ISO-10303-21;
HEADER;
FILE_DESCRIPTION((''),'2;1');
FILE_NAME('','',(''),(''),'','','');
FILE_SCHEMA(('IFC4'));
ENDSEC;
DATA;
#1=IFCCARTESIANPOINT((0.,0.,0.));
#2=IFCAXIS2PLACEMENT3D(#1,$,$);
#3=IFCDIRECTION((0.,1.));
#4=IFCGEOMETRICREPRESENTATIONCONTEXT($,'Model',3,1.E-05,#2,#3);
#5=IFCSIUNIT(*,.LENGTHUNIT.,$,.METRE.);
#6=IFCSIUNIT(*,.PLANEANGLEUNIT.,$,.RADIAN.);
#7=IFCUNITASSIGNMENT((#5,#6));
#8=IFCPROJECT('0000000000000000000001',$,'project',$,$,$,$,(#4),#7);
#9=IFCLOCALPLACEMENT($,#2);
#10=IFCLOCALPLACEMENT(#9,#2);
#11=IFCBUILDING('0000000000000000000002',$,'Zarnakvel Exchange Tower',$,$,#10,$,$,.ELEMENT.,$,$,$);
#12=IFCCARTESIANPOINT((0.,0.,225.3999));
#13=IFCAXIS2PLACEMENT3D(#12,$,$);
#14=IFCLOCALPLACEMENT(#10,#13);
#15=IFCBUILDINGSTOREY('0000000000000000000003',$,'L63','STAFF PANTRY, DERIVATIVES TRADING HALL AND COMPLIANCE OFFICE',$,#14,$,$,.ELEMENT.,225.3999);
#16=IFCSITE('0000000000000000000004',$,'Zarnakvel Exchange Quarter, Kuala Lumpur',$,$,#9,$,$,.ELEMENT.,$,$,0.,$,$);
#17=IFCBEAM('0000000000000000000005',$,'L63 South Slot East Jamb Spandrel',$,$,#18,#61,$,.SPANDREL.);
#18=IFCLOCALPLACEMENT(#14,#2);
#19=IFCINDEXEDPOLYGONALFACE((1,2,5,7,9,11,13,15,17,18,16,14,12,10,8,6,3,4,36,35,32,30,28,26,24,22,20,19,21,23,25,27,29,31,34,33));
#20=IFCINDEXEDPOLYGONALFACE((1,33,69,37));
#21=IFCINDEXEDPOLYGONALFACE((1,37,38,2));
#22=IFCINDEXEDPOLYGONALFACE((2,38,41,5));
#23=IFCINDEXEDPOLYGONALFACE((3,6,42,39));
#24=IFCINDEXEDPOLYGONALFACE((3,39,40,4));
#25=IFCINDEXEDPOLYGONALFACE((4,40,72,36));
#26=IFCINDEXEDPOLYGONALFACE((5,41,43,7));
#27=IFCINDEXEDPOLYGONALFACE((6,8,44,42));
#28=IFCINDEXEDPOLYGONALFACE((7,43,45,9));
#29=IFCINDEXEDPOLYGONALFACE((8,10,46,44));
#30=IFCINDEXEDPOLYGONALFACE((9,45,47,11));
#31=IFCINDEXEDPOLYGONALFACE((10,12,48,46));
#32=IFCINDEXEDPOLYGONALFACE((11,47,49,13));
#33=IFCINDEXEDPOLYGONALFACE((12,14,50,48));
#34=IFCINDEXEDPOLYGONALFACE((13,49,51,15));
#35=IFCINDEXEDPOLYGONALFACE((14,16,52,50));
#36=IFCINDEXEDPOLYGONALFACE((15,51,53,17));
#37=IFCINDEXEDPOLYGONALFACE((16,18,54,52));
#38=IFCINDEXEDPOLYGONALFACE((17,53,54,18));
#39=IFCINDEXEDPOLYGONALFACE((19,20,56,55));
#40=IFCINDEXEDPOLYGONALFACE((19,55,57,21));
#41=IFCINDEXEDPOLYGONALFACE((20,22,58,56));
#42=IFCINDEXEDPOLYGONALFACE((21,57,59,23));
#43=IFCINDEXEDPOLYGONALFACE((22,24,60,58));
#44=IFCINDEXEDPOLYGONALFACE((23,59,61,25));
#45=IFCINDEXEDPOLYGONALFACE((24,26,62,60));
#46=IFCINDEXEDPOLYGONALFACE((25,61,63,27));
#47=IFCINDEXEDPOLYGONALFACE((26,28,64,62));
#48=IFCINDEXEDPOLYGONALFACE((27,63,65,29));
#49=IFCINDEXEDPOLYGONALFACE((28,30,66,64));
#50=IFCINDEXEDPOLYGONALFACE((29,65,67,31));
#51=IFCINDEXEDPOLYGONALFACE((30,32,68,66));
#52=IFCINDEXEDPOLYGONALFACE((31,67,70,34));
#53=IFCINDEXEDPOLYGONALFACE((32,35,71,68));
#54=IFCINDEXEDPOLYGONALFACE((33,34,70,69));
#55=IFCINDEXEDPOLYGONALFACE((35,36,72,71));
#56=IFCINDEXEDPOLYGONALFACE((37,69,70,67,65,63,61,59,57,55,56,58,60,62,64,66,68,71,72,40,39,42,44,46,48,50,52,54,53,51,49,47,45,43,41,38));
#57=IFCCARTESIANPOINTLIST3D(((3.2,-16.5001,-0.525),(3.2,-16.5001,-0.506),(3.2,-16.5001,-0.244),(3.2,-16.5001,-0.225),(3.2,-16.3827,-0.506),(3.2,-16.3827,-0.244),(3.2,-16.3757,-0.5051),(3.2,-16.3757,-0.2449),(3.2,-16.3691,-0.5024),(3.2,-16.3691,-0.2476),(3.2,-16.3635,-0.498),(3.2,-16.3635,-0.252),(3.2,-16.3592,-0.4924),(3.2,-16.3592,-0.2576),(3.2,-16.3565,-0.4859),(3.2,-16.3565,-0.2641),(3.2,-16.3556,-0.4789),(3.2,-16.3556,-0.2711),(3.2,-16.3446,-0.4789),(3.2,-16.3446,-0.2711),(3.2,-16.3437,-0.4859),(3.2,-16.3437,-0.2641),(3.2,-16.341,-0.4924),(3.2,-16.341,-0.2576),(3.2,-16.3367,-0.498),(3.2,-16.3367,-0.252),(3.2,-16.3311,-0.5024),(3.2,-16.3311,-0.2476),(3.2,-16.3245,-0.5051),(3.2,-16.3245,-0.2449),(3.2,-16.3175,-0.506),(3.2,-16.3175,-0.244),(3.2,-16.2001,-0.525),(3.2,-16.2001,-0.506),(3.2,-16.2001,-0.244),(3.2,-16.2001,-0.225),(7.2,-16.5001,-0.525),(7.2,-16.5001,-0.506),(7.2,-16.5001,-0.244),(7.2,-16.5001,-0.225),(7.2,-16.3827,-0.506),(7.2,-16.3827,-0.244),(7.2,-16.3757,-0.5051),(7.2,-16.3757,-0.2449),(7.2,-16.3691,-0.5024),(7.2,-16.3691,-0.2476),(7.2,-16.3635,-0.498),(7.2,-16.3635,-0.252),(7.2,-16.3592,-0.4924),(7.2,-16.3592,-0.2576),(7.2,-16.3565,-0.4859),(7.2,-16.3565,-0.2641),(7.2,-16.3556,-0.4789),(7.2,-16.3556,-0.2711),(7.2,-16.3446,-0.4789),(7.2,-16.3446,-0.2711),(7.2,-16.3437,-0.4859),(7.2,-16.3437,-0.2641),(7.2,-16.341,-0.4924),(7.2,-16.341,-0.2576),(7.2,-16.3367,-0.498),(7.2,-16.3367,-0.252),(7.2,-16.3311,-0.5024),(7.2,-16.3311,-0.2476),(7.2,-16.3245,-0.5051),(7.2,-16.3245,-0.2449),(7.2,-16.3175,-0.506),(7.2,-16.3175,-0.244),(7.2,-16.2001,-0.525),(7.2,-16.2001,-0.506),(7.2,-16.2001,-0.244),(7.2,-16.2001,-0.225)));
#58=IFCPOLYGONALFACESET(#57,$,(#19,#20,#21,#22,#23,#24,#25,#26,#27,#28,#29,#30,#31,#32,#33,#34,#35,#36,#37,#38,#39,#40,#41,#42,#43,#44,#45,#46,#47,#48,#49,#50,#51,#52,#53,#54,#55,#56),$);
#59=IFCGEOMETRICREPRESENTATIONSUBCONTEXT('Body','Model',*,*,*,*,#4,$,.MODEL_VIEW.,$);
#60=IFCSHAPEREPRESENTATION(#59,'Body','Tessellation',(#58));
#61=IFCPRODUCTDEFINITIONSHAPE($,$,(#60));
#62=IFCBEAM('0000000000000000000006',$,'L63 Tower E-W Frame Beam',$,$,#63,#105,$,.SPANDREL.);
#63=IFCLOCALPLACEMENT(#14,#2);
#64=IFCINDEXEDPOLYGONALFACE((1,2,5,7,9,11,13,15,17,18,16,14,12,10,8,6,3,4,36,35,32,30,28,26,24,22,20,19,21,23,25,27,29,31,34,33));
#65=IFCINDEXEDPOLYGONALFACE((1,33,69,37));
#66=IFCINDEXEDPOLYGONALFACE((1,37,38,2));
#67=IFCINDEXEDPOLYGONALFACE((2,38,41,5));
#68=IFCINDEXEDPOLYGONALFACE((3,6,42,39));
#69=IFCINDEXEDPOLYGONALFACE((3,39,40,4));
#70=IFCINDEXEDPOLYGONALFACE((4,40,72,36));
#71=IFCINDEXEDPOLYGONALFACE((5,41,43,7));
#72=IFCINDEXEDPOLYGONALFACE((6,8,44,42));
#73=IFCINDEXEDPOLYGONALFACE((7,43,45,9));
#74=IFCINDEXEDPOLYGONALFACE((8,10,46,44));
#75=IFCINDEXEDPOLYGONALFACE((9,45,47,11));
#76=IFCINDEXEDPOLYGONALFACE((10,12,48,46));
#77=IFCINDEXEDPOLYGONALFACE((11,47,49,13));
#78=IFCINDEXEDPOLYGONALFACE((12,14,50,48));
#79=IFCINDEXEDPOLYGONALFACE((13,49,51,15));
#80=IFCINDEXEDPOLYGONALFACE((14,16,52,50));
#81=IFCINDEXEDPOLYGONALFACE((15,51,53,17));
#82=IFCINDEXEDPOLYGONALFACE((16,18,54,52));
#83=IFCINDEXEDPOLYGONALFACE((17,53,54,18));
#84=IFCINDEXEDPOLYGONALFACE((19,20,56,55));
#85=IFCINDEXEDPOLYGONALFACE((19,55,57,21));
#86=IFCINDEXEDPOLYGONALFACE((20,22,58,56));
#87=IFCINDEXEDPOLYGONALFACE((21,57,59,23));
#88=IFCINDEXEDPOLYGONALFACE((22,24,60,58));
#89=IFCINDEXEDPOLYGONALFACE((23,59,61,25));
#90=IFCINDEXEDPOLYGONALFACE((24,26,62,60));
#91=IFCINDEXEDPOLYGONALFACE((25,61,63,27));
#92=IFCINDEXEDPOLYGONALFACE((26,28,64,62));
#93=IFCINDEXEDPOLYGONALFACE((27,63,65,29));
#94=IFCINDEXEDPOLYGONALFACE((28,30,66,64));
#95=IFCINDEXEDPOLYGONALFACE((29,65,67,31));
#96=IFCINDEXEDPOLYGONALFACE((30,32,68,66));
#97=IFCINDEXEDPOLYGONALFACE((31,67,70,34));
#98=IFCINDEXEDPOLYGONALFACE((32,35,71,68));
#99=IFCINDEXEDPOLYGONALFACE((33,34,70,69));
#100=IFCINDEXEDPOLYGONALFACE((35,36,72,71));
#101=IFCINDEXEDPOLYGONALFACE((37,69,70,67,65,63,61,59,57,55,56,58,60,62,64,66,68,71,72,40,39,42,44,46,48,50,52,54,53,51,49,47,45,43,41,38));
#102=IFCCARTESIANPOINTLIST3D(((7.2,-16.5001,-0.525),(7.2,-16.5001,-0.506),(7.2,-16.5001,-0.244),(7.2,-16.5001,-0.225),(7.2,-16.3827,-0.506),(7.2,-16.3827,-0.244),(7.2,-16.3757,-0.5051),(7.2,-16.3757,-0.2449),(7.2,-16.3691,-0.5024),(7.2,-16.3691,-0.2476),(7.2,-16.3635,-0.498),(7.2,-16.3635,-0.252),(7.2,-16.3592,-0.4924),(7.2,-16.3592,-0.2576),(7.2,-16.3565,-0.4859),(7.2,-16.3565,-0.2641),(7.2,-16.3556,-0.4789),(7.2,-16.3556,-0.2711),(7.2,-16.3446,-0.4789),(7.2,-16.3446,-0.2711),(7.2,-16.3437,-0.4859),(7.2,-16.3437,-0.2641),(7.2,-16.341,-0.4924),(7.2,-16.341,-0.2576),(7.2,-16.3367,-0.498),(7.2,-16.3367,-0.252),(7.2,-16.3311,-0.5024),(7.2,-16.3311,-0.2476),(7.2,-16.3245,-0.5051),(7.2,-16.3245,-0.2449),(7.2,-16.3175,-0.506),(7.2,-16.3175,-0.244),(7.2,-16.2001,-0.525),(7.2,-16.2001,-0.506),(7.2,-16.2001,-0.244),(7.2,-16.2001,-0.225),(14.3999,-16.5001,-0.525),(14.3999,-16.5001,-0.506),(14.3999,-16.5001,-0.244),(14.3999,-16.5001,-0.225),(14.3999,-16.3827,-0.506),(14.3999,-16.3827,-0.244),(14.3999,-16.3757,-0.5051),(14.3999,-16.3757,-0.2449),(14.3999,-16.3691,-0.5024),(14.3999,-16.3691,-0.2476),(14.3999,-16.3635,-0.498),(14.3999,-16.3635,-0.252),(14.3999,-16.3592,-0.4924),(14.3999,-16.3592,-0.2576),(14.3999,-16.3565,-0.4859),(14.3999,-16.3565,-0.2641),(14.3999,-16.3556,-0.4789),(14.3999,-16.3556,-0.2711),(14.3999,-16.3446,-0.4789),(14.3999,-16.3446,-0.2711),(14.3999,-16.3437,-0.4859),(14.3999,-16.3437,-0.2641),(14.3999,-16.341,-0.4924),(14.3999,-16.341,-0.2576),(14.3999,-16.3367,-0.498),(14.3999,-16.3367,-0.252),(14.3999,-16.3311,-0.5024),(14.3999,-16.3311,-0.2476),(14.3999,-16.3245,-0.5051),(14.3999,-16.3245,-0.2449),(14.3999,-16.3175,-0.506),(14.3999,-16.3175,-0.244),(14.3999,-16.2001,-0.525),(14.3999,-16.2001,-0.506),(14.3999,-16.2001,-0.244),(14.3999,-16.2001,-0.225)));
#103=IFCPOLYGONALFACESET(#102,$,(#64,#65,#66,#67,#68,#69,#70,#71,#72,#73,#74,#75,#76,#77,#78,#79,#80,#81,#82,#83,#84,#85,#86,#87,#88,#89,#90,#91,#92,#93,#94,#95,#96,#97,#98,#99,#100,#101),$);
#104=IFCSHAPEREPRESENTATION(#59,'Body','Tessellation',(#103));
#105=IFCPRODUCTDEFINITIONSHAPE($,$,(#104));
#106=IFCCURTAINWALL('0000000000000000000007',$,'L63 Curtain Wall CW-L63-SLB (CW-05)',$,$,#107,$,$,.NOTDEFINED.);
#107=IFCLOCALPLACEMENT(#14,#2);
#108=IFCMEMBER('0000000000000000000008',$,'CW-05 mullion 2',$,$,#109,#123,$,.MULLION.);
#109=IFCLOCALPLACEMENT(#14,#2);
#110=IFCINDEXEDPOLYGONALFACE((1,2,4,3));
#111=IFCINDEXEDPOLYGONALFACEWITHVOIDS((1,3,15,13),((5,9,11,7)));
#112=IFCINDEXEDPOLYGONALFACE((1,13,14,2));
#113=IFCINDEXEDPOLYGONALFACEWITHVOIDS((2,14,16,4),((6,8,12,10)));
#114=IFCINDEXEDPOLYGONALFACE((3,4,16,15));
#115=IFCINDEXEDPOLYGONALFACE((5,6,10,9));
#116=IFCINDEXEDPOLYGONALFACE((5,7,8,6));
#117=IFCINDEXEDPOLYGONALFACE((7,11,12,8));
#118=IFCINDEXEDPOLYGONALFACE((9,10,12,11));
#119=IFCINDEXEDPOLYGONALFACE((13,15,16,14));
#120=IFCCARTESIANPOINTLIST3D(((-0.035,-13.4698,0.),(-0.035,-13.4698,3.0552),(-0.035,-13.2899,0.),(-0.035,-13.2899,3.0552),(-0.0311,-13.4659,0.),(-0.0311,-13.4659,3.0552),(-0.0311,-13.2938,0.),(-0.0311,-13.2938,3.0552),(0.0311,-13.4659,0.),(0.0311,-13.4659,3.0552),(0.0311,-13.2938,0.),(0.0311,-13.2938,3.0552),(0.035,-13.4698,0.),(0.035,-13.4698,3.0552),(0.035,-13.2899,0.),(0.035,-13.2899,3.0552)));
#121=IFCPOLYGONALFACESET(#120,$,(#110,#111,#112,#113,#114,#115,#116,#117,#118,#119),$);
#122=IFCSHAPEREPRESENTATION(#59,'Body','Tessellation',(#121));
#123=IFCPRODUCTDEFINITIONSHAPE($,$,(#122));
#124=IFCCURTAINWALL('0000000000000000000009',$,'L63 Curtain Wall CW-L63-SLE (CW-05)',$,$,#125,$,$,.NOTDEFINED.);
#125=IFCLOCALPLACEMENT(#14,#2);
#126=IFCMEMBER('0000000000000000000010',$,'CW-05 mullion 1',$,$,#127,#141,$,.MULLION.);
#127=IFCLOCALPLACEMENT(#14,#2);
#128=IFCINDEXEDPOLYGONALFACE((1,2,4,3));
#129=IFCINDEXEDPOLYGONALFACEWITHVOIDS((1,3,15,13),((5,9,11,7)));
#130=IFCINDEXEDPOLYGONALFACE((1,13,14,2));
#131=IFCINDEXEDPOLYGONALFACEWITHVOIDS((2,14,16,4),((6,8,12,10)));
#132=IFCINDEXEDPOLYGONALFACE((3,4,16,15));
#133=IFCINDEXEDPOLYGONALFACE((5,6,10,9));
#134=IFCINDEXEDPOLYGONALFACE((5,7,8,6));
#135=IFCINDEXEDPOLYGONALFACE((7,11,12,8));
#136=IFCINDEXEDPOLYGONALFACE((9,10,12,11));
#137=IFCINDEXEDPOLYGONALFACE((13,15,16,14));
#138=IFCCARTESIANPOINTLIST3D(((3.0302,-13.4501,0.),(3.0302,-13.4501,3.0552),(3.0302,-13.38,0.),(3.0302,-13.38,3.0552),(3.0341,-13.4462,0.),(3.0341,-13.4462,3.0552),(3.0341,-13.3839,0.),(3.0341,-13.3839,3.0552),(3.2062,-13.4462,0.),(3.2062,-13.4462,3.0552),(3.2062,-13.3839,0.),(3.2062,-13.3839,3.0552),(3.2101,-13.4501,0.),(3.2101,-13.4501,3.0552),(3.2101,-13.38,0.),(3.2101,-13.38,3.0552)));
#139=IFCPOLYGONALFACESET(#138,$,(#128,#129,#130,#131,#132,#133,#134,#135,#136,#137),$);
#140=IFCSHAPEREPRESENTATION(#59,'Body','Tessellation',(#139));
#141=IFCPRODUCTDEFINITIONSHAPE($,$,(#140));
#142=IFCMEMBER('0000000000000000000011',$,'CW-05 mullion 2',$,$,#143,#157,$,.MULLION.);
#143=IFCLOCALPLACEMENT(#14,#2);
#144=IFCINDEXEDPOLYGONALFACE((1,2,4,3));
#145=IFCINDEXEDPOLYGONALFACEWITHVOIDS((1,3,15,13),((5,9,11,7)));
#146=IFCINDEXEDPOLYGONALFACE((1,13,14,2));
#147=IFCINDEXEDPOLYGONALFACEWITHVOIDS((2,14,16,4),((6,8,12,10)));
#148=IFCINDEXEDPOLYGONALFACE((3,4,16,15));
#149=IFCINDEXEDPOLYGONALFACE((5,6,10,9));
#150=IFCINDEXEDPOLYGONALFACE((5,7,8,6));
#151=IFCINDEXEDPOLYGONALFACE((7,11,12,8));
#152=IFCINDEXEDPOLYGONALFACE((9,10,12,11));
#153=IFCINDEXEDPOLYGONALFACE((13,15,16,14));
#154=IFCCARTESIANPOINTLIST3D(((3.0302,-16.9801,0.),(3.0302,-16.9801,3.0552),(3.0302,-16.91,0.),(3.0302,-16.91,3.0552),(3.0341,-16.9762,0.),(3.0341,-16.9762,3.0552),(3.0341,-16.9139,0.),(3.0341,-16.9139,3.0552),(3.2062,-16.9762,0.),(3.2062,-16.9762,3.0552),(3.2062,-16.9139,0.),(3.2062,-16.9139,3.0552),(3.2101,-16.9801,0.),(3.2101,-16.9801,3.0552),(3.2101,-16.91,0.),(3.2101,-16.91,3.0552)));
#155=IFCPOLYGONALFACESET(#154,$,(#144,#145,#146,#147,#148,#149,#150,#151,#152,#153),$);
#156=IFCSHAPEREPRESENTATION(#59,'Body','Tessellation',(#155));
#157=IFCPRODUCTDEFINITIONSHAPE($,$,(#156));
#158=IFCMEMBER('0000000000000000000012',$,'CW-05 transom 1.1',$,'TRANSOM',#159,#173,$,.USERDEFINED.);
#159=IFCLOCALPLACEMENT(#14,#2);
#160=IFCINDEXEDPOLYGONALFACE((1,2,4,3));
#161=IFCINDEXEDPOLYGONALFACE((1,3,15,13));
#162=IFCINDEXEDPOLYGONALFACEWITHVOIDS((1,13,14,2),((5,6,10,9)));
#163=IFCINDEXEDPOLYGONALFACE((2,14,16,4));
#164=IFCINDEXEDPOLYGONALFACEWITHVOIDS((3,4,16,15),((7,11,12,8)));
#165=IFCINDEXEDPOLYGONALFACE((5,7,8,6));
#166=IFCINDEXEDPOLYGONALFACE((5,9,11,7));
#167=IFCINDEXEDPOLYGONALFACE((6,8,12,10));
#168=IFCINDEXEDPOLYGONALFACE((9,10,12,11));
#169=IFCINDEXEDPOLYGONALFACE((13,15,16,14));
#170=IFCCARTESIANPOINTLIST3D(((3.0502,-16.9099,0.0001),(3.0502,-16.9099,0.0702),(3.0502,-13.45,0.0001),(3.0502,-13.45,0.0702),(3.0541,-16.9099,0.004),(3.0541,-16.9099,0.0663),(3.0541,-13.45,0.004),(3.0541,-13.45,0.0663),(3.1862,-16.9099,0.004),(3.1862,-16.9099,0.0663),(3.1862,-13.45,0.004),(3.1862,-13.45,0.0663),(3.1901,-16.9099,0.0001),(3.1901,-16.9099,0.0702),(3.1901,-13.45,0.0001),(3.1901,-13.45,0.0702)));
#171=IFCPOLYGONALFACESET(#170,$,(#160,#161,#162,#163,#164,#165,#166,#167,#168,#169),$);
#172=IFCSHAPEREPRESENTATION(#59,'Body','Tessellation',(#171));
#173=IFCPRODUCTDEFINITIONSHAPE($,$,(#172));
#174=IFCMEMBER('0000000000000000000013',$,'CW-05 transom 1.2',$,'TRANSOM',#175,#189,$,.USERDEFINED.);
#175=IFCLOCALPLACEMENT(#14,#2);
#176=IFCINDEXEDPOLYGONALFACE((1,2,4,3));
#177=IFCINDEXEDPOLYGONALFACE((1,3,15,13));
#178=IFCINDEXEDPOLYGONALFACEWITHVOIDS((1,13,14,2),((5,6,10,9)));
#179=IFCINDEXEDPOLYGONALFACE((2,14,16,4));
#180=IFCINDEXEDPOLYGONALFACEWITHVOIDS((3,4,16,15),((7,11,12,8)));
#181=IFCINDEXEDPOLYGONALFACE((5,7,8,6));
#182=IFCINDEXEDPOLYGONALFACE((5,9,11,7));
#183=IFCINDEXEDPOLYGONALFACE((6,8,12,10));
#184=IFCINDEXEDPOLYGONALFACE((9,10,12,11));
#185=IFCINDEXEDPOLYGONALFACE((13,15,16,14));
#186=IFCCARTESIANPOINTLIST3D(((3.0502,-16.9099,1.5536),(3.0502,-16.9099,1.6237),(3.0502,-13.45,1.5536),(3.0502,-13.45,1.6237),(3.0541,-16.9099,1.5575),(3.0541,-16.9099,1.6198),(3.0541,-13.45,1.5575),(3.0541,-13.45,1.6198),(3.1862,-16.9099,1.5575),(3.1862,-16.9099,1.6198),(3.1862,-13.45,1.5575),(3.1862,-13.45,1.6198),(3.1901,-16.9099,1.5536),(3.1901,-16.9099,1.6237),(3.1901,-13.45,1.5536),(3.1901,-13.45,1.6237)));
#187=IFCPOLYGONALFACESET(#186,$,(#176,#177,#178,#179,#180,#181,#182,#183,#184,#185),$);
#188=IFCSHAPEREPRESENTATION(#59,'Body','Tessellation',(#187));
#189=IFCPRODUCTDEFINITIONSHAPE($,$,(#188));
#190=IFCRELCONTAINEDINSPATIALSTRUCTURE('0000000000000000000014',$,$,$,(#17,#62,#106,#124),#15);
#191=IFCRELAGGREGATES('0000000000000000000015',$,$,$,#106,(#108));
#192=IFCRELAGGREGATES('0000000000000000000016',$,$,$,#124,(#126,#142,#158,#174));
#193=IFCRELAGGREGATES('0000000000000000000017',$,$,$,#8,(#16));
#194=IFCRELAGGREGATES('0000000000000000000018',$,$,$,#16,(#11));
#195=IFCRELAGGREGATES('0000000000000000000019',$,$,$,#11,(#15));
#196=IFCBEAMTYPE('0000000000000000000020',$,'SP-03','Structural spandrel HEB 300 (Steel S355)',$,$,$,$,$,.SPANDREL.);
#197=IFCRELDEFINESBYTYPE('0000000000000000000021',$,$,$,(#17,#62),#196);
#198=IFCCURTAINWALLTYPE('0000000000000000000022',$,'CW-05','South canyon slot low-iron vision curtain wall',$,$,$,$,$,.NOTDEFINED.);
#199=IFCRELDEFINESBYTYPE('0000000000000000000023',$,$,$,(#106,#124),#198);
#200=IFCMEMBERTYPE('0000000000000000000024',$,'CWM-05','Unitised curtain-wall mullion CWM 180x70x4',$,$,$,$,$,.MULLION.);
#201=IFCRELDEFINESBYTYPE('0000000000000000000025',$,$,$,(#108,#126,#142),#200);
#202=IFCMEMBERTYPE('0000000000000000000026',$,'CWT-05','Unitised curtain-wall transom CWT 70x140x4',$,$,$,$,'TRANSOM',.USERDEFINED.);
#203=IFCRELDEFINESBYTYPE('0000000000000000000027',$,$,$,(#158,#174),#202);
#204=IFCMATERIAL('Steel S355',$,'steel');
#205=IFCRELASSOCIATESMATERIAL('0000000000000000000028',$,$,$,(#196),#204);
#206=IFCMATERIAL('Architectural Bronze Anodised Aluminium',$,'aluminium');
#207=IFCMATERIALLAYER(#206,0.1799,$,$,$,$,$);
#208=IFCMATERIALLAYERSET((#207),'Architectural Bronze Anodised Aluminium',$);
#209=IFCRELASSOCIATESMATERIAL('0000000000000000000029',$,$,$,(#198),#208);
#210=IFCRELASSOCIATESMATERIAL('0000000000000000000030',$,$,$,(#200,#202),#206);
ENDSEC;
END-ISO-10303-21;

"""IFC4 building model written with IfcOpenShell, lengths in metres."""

from ifc_helpers import new_model, si_unit, direction, frame, origin, origin_2d, place, context, subcontext, project, spatial, hollow_rectangle, i_section, extrude, source, transform, mapped, material, layer, layer_set, material_profile, profile_set, type_object, element, aggregate, save


model = new_model("IFC4")

# Units and contexts
model_context = context("Model", 3, precision=1e-05, world=origin(), true_north=direction((0.0, 1.0)))
body_context = subcontext(model_context, "Body", "Model", "MODEL_VIEW")
ifc_project = project(units=[si_unit("LENGTHUNIT", "METRE"), si_unit("PLANEANGLEUNIT", "RADIAN")], contexts=[model_context])

# Site, building, storey
site_placement = place(None, origin())
site = spatial("IfcSite", under=ifc_project, at=site_placement, Name="Zarnakvel Exchange Quarter, Kuala Lumpur", CompositionType="ELEMENT", RefElevation=0.0)
building_placement = place(site_placement, origin())
building = spatial("IfcBuilding", under=site, at=building_placement, Name="Zarnakvel Exchange Tower", CompositionType="ELEMENT")
storey_placement = place(building_placement, frame((0.0, 0.0, 225.3999)))
storey = spatial("IfcBuildingStorey", under=building, at=storey_placement, Name="L63", Description="STAFF PANTRY, DERIVATIVES TRADING HALL AND COMPLIANCE OFFICE", CompositionType="ELEMENT", Elevation=225.3999)

# Beams
ifc_material_1 = material(Name="Steel S355", Category="steel")
ifc_material_profile_1 = material_profile(ifc_material_1, i_section(OverallWidth=0.3, OverallDepth=0.3, WebThickness=0.011, FlangeThickness=0.019, FilletRadius=0.0271, at=origin_2d()))
ifc_profile_set_1 = profile_set([ifc_material_profile_1], Name="Steel S355")
beam_type_1 = type_object("IfcBeamType", Name="SP-03", Description="Structural spandrel HEB 300 (Steel S355)", PredefinedType="SPANDREL", material=ifc_profile_set_1)
beam_1_placement = place(storey_placement, frame((3.2, -16.3501, -0.375), z_axis=(1.0, 0.0, 0.0), x_axis=(0.0, 1.0, 0.0)))
element("IfcBeam", 1, at=beam_1_placement, inside=storey, type_object=beam_type_1, Name="L63 South Slot East Jamb Spandrel", PredefinedType="SPANDREL", context=body_context, shape_type="SweptSolid", body=[
    extrude(i_section(OverallWidth=0.3, OverallDepth=0.3, WebThickness=0.011, FlangeThickness=0.019, FilletRadius=0.0271, at=origin_2d()), origin(), (0.0, 0.0, 1.0), 4.0),
])
beam_2_placement = place(storey_placement, frame((7.2, -16.3501, -0.375), z_axis=(1.0, 0.0, 0.0), x_axis=(0.0, 1.0, 0.0)))
element("IfcBeam", 2, at=beam_2_placement, inside=storey, type_object=beam_type_1, Name="L63 Tower E-W Frame Beam", PredefinedType="SPANDREL", context=body_context, shape_type="SweptSolid", body=[
    extrude(i_section(OverallWidth=0.3, OverallDepth=0.3, WebThickness=0.011, FlangeThickness=0.019, FilletRadius=0.0271, at=origin_2d()), origin(), (0.0, 0.0, 1.0), 7.2),
])

# Curtain wall, member
ifc_material_2 = material(Name="Architectural Bronze Anodised Aluminium", Category="aluminium")
ifc_layer_1 = layer(ifc_material_2, 0.1799)
ifc_layer_set_1 = layer_set([ifc_layer_1], Name="Architectural Bronze Anodised Aluminium")
curtain_wall_type = type_object("IfcCurtainWallType", Name="CW-05", Description="South canyon slot low-iron vision curtain wall", PredefinedType="NOTDEFINED", material=ifc_layer_set_1)
curtain_wall_1_placement = place(storey_placement, origin())
curtain_wall_1 = element("IfcCurtainWall", 3, at=curtain_wall_1_placement, inside=storey, type_object=curtain_wall_type, Name="L63 Curtain Wall CW-L63-SLB (CW-05)", PredefinedType="NOTDEFINED")
ifc_material_profile_2 = material_profile(ifc_material_2, hollow_rectangle(XDim=0.1799, YDim=0.0701, WallThickness=0.0039, at=origin_2d()))
ifc_profile_set_2 = profile_set([ifc_material_profile_2], Name="Architectural Bronze Anodised Aluminium")
member_type_1 = type_object("IfcMemberType", Name="CWM-05", Description="Unitised curtain-wall mullion CWM 180x70x4", PredefinedType="MULLION", material=ifc_profile_set_2)
shared_shape_1 = source(origin(), body_context, "Body", "SweptSolid", [
    extrude(hollow_rectangle(XDim=0.1799, YDim=0.0701, WallThickness=0.0039, at=origin_2d()), origin(), (0.0, 0.0, 1.0), 3.0552),
])
member_1_placement = place(storey_placement, frame((0.0, -13.3799, 0.0), z_axis=(0.0, 0.0, 1.0), x_axis=(0.0, 1.0, 0.0)))
member_1 = element("IfcMember", 4, at=member_1_placement, type_object=member_type_1, Name="CW-05 mullion 2", PredefinedType="MULLION", context=body_context, shape_type="MappedRepresentation", body=[
    mapped(shared_shape_1, transform((0.0, 0.0, 0.0), x_axis=(1.0, 0.0, 0.0), y_axis=(0.0, 1.0, 0.0), z_axis=(0.0, 0.0, 1.0), scale=1.0)),
])

# Curtain wall, members
curtain_wall_2_placement = place(storey_placement, origin())
curtain_wall_2 = element("IfcCurtainWall", 5, at=curtain_wall_2_placement, inside=storey, type_object=curtain_wall_type, Name="L63 Curtain Wall CW-L63-SLE (CW-05)", PredefinedType="NOTDEFINED")
member_2_placement = place(storey_placement, frame((3.1201, -13.415, 0.0), z_axis=(0.0, 0.0, 1.0), x_axis=(1.0, 0.0, 0.0)))
member_2 = element("IfcMember", 6, at=member_2_placement, type_object=member_type_1, Name="CW-05 mullion 1", PredefinedType="MULLION", context=body_context, shape_type="MappedRepresentation", body=[
    mapped(shared_shape_1, transform((0.0, 0.0, 0.0), x_axis=(1.0, 0.0, 0.0), y_axis=(0.0, 1.0, 0.0), z_axis=(0.0, 0.0, 1.0), scale=1.0)),
])
member_3_placement = place(storey_placement, frame((3.1201, -16.9451, 0.0), z_axis=(0.0, 0.0, 1.0), x_axis=(1.0, 0.0, 0.0)))
member_3 = element("IfcMember", 7, at=member_3_placement, type_object=member_type_1, Name="CW-05 mullion 2", PredefinedType="MULLION", context=body_context, shape_type="MappedRepresentation", body=[
    mapped(shared_shape_1, transform((0.0, 0.0, 0.0), x_axis=(1.0, 0.0, 0.0), y_axis=(0.0, 1.0, 0.0), z_axis=(0.0, 0.0, 1.0), scale=1.0)),
])
ifc_material_profile_3 = material_profile(ifc_material_2, hollow_rectangle(XDim=0.1399, YDim=0.0701, WallThickness=0.0039, at=origin_2d()))
ifc_profile_set_3 = profile_set([ifc_material_profile_3], Name="Architectural Bronze Anodised Aluminium")
member_type_2 = type_object("IfcMemberType", Name="CWT-05", Description="Unitised curtain-wall transom CWT 70x140x4", ElementType="TRANSOM", PredefinedType="USERDEFINED", material=ifc_profile_set_3)
shared_shape_2 = source(origin(), body_context, "Body", "SweptSolid", [
    extrude(hollow_rectangle(XDim=0.1399, YDim=0.0701, WallThickness=0.0039, at=origin_2d()), origin(), (0.0, 0.0, 1.0), 3.46),
])
member_4_placement = place(storey_placement, frame((3.1201, -13.45, 0.0352), z_axis=(0.0, -1.0, 0.0), x_axis=(1.0, 0.0, 0.0)))
member_4 = element("IfcMember", 8, at=member_4_placement, type_object=member_type_2, Name="CW-05 transom 1.1", ObjectType="TRANSOM", PredefinedType="USERDEFINED", context=body_context, shape_type="MappedRepresentation", body=[
    mapped(shared_shape_2, transform((0.0, 0.0, 0.0), x_axis=(1.0, 0.0, 0.0), y_axis=(0.0, 1.0, 0.0), z_axis=(0.0, 0.0, 1.0), scale=1.0)),
])
member_5_placement = place(storey_placement, frame((3.1201, -13.45, 1.5886), z_axis=(0.0, -1.0, 0.0), x_axis=(1.0, 0.0, 0.0)))
member_5 = element("IfcMember", 9, at=member_5_placement, type_object=member_type_2, Name="CW-05 transom 1.2", ObjectType="TRANSOM", PredefinedType="USERDEFINED", context=body_context, shape_type="MappedRepresentation", body=[
    mapped(shared_shape_2, transform((0.0, 0.0, 0.0), x_axis=(1.0, 0.0, 0.0), y_axis=(0.0, 1.0, 0.0), z_axis=(0.0, 0.0, 1.0), scale=1.0)),
])

aggregate(curtain_wall_1, [member_1])

aggregate(curtain_wall_2, [member_2, member_3, member_4, member_5])

save(model, "model.ifc")
